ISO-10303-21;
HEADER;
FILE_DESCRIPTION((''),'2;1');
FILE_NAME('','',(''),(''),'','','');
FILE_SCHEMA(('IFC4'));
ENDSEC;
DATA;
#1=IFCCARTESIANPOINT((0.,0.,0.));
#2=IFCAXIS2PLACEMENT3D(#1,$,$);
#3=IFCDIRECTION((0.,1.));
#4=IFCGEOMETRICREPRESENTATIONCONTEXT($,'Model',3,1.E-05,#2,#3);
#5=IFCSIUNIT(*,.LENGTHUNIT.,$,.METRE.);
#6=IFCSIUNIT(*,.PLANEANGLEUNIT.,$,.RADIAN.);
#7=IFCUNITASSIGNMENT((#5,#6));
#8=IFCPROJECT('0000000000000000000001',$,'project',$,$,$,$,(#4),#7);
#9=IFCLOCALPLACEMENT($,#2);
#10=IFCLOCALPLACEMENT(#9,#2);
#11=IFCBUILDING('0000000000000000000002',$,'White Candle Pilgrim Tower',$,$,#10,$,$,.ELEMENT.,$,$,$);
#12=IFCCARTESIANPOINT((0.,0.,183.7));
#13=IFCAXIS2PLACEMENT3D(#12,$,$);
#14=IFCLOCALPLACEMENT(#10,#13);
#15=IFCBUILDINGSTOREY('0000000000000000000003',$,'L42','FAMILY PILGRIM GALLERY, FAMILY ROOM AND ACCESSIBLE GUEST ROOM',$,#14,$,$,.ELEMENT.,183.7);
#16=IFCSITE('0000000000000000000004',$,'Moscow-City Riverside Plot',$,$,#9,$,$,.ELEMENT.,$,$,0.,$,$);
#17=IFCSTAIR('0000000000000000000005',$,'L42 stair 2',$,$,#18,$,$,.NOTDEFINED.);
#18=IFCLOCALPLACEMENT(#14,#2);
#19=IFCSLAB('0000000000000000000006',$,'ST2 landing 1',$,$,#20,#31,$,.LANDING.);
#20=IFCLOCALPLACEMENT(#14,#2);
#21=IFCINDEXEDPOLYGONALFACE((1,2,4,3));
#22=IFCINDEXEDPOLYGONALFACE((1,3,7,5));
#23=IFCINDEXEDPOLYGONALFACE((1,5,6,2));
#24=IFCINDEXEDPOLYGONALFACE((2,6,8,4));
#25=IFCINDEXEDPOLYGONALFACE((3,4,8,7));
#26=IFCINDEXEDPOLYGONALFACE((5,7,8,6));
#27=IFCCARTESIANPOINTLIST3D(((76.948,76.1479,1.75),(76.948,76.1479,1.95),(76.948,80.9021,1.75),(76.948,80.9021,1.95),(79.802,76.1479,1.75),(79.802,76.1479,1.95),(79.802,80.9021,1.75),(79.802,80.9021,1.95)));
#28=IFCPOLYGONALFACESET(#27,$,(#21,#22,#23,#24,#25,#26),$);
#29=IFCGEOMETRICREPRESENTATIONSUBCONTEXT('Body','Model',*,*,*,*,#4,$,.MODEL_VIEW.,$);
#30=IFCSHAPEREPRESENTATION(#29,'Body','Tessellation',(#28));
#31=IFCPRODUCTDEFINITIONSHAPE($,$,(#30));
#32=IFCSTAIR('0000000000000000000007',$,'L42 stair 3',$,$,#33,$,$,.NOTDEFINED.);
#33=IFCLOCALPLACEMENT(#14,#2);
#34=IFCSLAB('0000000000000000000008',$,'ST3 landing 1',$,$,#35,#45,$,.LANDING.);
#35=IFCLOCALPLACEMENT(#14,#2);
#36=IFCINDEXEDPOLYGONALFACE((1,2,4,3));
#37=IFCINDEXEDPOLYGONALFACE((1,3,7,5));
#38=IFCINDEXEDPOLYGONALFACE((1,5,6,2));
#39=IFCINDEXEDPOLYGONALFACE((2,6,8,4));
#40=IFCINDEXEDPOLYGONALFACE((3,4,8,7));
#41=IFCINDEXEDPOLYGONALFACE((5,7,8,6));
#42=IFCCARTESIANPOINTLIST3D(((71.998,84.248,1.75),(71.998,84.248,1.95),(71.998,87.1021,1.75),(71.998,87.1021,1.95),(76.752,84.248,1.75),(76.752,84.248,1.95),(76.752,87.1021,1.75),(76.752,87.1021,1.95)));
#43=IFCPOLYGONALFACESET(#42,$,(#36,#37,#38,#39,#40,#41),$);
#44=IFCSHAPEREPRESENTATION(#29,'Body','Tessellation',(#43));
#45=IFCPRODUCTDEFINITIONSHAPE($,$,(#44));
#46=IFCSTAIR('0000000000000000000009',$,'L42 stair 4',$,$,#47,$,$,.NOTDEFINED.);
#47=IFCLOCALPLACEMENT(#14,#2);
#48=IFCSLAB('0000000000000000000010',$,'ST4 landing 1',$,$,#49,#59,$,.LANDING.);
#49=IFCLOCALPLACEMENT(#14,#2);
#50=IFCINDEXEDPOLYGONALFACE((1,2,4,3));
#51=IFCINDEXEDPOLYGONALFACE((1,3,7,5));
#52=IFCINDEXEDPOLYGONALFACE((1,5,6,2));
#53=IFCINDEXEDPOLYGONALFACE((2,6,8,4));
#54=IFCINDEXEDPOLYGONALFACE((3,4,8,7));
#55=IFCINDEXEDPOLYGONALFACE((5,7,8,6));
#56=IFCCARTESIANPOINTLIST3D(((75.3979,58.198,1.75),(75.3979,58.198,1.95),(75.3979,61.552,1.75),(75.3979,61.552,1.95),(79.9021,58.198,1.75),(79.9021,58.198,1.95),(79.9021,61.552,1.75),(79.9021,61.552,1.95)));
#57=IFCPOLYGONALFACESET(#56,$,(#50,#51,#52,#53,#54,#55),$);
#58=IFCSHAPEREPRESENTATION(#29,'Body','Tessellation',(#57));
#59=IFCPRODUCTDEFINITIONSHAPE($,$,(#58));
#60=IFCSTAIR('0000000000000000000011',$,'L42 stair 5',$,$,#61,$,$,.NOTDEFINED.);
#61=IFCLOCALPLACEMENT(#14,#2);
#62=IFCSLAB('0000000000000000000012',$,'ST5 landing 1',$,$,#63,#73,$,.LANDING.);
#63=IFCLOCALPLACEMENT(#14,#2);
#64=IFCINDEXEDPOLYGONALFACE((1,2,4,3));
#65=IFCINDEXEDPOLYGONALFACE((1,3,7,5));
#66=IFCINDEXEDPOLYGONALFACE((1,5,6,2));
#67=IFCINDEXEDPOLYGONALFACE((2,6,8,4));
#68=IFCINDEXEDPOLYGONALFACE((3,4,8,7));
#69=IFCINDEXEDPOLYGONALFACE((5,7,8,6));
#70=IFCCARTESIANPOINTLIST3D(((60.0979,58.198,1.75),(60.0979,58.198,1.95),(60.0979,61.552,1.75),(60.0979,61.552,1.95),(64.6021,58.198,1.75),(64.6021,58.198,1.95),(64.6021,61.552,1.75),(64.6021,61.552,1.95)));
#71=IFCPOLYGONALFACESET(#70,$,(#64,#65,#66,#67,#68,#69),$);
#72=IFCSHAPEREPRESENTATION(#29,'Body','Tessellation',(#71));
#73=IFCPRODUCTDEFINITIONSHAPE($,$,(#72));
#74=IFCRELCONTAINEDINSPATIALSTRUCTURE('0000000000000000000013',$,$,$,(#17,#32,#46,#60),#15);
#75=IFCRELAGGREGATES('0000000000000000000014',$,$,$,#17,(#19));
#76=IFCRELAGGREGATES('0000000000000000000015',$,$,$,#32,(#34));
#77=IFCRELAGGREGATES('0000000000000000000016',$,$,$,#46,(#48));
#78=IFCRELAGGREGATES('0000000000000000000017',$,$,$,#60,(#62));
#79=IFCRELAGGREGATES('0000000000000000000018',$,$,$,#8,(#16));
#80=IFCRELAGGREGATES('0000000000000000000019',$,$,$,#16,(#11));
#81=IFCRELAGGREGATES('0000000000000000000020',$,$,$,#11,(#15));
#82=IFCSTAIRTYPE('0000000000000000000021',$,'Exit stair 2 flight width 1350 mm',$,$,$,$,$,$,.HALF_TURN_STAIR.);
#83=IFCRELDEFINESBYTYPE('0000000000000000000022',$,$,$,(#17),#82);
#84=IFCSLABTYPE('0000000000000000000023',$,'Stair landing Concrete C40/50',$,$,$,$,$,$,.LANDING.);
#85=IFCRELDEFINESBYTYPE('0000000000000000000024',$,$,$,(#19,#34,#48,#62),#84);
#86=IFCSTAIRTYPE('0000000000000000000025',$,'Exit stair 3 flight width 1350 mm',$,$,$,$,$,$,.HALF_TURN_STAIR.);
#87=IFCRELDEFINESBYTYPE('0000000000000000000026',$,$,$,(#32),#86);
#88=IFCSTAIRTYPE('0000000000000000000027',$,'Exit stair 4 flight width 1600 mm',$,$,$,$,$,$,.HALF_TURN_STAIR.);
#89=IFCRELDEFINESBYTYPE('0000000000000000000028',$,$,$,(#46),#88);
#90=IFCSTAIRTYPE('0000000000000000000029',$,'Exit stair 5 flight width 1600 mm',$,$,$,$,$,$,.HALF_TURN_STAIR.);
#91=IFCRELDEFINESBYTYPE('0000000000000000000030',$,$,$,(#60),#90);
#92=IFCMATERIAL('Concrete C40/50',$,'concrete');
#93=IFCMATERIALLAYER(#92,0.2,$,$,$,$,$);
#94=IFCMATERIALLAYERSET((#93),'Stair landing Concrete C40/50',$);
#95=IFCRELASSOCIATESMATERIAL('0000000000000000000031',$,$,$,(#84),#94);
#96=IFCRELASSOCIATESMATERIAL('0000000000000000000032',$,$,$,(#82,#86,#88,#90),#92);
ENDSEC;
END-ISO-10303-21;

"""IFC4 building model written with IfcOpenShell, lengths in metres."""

from ifc_helpers import new_model, si_unit, direction, frame, origin, place, context, subcontext, project, spatial, polyline, outline, extrude, material, layer, layer_set, type_object, element, aggregate, save


model = new_model("IFC4")

# Units and contexts
model_context = context("Model", 3, precision=1e-05, world=origin(), true_north=direction((0.0, 1.0)))
body_context = subcontext(model_context, "Body", "Model", "MODEL_VIEW")
ifc_project = project(units=[si_unit("LENGTHUNIT", "METRE"), si_unit("PLANEANGLEUNIT", "RADIAN")], contexts=[model_context])

# Site, building, storey
site_placement = place(None, origin())
site = spatial("IfcSite", under=ifc_project, at=site_placement, Name="Moscow-City Riverside Plot", CompositionType="ELEMENT", RefElevation=0.0)
building_placement = place(site_placement, origin())
building = spatial("IfcBuilding", under=site, at=building_placement, Name="White Candle Pilgrim Tower", CompositionType="ELEMENT")
storey_placement = place(building_placement, frame((0.0, 0.0, 183.7)))
storey = spatial("IfcBuildingStorey", under=building, at=storey_placement, Name="L42", Description="FAMILY PILGRIM GALLERY, FAMILY ROOM AND ACCESSIBLE GUEST ROOM", CompositionType="ELEMENT", Elevation=183.7)

# Shared definitions
ifc_material_1 = material(Name="Concrete C40/50", Category="concrete")

# Stairs, slabs
ifc_layer_1 = layer(ifc_material_1, 0.2)
ifc_layer_set_1 = layer_set([ifc_layer_1], Name="Stair landing Concrete C40/50")
slab_type_1 = type_object("IfcSlabType", Name="Stair landing Concrete C40/50", PredefinedType="LANDING", material=ifc_layer_set_1)
stair_type_1 = type_object("IfcStairType", Name="Exit stair 2 flight width 1350 mm", PredefinedType="HALF_TURN_STAIR", material=ifc_material_1)
stair_1_placement = place(storey_placement, origin())
stair_1 = element("IfcStair", 1, at=stair_1_placement, inside=storey, type_object=stair_type_1, Name="L42 stair 2", PredefinedType="NOTDEFINED")
slab_1_placement = place(storey_placement, frame((0.0, 0.0, 1.75)))
slab_1 = element("IfcSlab", 2, at=slab_1_placement, type_object=slab_type_1, Name="ST2 landing 1", PredefinedType="LANDING", context=body_context, shape_type="SweptSolid", body=[
    extrude(outline(polyline([(79.802, 76.1479), (76.948, 76.1479), (76.948, 80.9021), (79.802, 80.9021), (79.802, 76.1479)])), origin(), (0.0, 0.0, 1.0), 0.2),
])
aggregate(stair_1, [slab_1])
stair_type_2 = type_object("IfcStairType", Name="Exit stair 3 flight width 1350 mm", PredefinedType="HALF_TURN_STAIR", material=ifc_material_1)
stair_2_placement = place(storey_placement, origin())
stair_2 = element("IfcStair", 3, at=stair_2_placement, inside=storey, type_object=stair_type_2, Name="L42 stair 3", PredefinedType="NOTDEFINED")
slab_2_placement = place(storey_placement, frame((0.0, 0.0, 1.75)))
slab_2 = element("IfcSlab", 4, at=slab_2_placement, type_object=slab_type_1, Name="ST3 landing 1", PredefinedType="LANDING", context=body_context, shape_type="SweptSolid", body=[
    extrude(outline(polyline([(71.998, 84.248), (71.998, 87.1021), (76.752, 87.1021), (76.752, 84.248), (71.998, 84.248)])), origin(), (0.0, 0.0, 1.0), 0.2),
])
aggregate(stair_2, [slab_2])
stair_type_3 = type_object("IfcStairType", Name="Exit stair 4 flight width 1600 mm", PredefinedType="HALF_TURN_STAIR", material=ifc_material_1)
stair_3_placement = place(storey_placement, origin())
stair_3 = element("IfcStair", 5, at=stair_3_placement, inside=storey, type_object=stair_type_3, Name="L42 stair 4", PredefinedType="NOTDEFINED")
slab_3_placement = place(storey_placement, frame((0.0, 0.0, 1.75)))
slab_3 = element("IfcSlab", 6, at=slab_3_placement, type_object=slab_type_1, Name="ST4 landing 1", PredefinedType="LANDING", context=body_context, shape_type="SweptSolid", body=[
    extrude(outline(polyline([(79.9021, 61.552), (79.9021, 58.198), (75.3979, 58.198), (75.3979, 61.552), (79.9021, 61.552)])), origin(), (0.0, 0.0, 1.0), 0.2),
])
aggregate(stair_3, [slab_3])
stair_type_4 = type_object("IfcStairType", Name="Exit stair 5 flight width 1600 mm", PredefinedType="HALF_TURN_STAIR", material=ifc_material_1)
stair_4_placement = place(storey_placement, origin())
stair_4 = element("IfcStair", 7, at=stair_4_placement, inside=storey, type_object=stair_type_4, Name="L42 stair 5", PredefinedType="NOTDEFINED")
slab_4_placement = place(storey_placement, frame((0.0, 0.0, 1.75)))
slab_4 = element("IfcSlab", 8, at=slab_4_placement, type_object=slab_type_1, Name="ST5 landing 1", PredefinedType="LANDING", context=body_context, shape_type="SweptSolid", body=[
    extrude(outline(polyline([(60.0979, 58.198), (60.0979, 61.552), (64.6021, 61.552), (64.6021, 58.198), (60.0979, 58.198)])), origin(), (0.0, 0.0, 1.0), 0.2),
])
aggregate(stair_4, [slab_4])

save(model, "model.ifc")
